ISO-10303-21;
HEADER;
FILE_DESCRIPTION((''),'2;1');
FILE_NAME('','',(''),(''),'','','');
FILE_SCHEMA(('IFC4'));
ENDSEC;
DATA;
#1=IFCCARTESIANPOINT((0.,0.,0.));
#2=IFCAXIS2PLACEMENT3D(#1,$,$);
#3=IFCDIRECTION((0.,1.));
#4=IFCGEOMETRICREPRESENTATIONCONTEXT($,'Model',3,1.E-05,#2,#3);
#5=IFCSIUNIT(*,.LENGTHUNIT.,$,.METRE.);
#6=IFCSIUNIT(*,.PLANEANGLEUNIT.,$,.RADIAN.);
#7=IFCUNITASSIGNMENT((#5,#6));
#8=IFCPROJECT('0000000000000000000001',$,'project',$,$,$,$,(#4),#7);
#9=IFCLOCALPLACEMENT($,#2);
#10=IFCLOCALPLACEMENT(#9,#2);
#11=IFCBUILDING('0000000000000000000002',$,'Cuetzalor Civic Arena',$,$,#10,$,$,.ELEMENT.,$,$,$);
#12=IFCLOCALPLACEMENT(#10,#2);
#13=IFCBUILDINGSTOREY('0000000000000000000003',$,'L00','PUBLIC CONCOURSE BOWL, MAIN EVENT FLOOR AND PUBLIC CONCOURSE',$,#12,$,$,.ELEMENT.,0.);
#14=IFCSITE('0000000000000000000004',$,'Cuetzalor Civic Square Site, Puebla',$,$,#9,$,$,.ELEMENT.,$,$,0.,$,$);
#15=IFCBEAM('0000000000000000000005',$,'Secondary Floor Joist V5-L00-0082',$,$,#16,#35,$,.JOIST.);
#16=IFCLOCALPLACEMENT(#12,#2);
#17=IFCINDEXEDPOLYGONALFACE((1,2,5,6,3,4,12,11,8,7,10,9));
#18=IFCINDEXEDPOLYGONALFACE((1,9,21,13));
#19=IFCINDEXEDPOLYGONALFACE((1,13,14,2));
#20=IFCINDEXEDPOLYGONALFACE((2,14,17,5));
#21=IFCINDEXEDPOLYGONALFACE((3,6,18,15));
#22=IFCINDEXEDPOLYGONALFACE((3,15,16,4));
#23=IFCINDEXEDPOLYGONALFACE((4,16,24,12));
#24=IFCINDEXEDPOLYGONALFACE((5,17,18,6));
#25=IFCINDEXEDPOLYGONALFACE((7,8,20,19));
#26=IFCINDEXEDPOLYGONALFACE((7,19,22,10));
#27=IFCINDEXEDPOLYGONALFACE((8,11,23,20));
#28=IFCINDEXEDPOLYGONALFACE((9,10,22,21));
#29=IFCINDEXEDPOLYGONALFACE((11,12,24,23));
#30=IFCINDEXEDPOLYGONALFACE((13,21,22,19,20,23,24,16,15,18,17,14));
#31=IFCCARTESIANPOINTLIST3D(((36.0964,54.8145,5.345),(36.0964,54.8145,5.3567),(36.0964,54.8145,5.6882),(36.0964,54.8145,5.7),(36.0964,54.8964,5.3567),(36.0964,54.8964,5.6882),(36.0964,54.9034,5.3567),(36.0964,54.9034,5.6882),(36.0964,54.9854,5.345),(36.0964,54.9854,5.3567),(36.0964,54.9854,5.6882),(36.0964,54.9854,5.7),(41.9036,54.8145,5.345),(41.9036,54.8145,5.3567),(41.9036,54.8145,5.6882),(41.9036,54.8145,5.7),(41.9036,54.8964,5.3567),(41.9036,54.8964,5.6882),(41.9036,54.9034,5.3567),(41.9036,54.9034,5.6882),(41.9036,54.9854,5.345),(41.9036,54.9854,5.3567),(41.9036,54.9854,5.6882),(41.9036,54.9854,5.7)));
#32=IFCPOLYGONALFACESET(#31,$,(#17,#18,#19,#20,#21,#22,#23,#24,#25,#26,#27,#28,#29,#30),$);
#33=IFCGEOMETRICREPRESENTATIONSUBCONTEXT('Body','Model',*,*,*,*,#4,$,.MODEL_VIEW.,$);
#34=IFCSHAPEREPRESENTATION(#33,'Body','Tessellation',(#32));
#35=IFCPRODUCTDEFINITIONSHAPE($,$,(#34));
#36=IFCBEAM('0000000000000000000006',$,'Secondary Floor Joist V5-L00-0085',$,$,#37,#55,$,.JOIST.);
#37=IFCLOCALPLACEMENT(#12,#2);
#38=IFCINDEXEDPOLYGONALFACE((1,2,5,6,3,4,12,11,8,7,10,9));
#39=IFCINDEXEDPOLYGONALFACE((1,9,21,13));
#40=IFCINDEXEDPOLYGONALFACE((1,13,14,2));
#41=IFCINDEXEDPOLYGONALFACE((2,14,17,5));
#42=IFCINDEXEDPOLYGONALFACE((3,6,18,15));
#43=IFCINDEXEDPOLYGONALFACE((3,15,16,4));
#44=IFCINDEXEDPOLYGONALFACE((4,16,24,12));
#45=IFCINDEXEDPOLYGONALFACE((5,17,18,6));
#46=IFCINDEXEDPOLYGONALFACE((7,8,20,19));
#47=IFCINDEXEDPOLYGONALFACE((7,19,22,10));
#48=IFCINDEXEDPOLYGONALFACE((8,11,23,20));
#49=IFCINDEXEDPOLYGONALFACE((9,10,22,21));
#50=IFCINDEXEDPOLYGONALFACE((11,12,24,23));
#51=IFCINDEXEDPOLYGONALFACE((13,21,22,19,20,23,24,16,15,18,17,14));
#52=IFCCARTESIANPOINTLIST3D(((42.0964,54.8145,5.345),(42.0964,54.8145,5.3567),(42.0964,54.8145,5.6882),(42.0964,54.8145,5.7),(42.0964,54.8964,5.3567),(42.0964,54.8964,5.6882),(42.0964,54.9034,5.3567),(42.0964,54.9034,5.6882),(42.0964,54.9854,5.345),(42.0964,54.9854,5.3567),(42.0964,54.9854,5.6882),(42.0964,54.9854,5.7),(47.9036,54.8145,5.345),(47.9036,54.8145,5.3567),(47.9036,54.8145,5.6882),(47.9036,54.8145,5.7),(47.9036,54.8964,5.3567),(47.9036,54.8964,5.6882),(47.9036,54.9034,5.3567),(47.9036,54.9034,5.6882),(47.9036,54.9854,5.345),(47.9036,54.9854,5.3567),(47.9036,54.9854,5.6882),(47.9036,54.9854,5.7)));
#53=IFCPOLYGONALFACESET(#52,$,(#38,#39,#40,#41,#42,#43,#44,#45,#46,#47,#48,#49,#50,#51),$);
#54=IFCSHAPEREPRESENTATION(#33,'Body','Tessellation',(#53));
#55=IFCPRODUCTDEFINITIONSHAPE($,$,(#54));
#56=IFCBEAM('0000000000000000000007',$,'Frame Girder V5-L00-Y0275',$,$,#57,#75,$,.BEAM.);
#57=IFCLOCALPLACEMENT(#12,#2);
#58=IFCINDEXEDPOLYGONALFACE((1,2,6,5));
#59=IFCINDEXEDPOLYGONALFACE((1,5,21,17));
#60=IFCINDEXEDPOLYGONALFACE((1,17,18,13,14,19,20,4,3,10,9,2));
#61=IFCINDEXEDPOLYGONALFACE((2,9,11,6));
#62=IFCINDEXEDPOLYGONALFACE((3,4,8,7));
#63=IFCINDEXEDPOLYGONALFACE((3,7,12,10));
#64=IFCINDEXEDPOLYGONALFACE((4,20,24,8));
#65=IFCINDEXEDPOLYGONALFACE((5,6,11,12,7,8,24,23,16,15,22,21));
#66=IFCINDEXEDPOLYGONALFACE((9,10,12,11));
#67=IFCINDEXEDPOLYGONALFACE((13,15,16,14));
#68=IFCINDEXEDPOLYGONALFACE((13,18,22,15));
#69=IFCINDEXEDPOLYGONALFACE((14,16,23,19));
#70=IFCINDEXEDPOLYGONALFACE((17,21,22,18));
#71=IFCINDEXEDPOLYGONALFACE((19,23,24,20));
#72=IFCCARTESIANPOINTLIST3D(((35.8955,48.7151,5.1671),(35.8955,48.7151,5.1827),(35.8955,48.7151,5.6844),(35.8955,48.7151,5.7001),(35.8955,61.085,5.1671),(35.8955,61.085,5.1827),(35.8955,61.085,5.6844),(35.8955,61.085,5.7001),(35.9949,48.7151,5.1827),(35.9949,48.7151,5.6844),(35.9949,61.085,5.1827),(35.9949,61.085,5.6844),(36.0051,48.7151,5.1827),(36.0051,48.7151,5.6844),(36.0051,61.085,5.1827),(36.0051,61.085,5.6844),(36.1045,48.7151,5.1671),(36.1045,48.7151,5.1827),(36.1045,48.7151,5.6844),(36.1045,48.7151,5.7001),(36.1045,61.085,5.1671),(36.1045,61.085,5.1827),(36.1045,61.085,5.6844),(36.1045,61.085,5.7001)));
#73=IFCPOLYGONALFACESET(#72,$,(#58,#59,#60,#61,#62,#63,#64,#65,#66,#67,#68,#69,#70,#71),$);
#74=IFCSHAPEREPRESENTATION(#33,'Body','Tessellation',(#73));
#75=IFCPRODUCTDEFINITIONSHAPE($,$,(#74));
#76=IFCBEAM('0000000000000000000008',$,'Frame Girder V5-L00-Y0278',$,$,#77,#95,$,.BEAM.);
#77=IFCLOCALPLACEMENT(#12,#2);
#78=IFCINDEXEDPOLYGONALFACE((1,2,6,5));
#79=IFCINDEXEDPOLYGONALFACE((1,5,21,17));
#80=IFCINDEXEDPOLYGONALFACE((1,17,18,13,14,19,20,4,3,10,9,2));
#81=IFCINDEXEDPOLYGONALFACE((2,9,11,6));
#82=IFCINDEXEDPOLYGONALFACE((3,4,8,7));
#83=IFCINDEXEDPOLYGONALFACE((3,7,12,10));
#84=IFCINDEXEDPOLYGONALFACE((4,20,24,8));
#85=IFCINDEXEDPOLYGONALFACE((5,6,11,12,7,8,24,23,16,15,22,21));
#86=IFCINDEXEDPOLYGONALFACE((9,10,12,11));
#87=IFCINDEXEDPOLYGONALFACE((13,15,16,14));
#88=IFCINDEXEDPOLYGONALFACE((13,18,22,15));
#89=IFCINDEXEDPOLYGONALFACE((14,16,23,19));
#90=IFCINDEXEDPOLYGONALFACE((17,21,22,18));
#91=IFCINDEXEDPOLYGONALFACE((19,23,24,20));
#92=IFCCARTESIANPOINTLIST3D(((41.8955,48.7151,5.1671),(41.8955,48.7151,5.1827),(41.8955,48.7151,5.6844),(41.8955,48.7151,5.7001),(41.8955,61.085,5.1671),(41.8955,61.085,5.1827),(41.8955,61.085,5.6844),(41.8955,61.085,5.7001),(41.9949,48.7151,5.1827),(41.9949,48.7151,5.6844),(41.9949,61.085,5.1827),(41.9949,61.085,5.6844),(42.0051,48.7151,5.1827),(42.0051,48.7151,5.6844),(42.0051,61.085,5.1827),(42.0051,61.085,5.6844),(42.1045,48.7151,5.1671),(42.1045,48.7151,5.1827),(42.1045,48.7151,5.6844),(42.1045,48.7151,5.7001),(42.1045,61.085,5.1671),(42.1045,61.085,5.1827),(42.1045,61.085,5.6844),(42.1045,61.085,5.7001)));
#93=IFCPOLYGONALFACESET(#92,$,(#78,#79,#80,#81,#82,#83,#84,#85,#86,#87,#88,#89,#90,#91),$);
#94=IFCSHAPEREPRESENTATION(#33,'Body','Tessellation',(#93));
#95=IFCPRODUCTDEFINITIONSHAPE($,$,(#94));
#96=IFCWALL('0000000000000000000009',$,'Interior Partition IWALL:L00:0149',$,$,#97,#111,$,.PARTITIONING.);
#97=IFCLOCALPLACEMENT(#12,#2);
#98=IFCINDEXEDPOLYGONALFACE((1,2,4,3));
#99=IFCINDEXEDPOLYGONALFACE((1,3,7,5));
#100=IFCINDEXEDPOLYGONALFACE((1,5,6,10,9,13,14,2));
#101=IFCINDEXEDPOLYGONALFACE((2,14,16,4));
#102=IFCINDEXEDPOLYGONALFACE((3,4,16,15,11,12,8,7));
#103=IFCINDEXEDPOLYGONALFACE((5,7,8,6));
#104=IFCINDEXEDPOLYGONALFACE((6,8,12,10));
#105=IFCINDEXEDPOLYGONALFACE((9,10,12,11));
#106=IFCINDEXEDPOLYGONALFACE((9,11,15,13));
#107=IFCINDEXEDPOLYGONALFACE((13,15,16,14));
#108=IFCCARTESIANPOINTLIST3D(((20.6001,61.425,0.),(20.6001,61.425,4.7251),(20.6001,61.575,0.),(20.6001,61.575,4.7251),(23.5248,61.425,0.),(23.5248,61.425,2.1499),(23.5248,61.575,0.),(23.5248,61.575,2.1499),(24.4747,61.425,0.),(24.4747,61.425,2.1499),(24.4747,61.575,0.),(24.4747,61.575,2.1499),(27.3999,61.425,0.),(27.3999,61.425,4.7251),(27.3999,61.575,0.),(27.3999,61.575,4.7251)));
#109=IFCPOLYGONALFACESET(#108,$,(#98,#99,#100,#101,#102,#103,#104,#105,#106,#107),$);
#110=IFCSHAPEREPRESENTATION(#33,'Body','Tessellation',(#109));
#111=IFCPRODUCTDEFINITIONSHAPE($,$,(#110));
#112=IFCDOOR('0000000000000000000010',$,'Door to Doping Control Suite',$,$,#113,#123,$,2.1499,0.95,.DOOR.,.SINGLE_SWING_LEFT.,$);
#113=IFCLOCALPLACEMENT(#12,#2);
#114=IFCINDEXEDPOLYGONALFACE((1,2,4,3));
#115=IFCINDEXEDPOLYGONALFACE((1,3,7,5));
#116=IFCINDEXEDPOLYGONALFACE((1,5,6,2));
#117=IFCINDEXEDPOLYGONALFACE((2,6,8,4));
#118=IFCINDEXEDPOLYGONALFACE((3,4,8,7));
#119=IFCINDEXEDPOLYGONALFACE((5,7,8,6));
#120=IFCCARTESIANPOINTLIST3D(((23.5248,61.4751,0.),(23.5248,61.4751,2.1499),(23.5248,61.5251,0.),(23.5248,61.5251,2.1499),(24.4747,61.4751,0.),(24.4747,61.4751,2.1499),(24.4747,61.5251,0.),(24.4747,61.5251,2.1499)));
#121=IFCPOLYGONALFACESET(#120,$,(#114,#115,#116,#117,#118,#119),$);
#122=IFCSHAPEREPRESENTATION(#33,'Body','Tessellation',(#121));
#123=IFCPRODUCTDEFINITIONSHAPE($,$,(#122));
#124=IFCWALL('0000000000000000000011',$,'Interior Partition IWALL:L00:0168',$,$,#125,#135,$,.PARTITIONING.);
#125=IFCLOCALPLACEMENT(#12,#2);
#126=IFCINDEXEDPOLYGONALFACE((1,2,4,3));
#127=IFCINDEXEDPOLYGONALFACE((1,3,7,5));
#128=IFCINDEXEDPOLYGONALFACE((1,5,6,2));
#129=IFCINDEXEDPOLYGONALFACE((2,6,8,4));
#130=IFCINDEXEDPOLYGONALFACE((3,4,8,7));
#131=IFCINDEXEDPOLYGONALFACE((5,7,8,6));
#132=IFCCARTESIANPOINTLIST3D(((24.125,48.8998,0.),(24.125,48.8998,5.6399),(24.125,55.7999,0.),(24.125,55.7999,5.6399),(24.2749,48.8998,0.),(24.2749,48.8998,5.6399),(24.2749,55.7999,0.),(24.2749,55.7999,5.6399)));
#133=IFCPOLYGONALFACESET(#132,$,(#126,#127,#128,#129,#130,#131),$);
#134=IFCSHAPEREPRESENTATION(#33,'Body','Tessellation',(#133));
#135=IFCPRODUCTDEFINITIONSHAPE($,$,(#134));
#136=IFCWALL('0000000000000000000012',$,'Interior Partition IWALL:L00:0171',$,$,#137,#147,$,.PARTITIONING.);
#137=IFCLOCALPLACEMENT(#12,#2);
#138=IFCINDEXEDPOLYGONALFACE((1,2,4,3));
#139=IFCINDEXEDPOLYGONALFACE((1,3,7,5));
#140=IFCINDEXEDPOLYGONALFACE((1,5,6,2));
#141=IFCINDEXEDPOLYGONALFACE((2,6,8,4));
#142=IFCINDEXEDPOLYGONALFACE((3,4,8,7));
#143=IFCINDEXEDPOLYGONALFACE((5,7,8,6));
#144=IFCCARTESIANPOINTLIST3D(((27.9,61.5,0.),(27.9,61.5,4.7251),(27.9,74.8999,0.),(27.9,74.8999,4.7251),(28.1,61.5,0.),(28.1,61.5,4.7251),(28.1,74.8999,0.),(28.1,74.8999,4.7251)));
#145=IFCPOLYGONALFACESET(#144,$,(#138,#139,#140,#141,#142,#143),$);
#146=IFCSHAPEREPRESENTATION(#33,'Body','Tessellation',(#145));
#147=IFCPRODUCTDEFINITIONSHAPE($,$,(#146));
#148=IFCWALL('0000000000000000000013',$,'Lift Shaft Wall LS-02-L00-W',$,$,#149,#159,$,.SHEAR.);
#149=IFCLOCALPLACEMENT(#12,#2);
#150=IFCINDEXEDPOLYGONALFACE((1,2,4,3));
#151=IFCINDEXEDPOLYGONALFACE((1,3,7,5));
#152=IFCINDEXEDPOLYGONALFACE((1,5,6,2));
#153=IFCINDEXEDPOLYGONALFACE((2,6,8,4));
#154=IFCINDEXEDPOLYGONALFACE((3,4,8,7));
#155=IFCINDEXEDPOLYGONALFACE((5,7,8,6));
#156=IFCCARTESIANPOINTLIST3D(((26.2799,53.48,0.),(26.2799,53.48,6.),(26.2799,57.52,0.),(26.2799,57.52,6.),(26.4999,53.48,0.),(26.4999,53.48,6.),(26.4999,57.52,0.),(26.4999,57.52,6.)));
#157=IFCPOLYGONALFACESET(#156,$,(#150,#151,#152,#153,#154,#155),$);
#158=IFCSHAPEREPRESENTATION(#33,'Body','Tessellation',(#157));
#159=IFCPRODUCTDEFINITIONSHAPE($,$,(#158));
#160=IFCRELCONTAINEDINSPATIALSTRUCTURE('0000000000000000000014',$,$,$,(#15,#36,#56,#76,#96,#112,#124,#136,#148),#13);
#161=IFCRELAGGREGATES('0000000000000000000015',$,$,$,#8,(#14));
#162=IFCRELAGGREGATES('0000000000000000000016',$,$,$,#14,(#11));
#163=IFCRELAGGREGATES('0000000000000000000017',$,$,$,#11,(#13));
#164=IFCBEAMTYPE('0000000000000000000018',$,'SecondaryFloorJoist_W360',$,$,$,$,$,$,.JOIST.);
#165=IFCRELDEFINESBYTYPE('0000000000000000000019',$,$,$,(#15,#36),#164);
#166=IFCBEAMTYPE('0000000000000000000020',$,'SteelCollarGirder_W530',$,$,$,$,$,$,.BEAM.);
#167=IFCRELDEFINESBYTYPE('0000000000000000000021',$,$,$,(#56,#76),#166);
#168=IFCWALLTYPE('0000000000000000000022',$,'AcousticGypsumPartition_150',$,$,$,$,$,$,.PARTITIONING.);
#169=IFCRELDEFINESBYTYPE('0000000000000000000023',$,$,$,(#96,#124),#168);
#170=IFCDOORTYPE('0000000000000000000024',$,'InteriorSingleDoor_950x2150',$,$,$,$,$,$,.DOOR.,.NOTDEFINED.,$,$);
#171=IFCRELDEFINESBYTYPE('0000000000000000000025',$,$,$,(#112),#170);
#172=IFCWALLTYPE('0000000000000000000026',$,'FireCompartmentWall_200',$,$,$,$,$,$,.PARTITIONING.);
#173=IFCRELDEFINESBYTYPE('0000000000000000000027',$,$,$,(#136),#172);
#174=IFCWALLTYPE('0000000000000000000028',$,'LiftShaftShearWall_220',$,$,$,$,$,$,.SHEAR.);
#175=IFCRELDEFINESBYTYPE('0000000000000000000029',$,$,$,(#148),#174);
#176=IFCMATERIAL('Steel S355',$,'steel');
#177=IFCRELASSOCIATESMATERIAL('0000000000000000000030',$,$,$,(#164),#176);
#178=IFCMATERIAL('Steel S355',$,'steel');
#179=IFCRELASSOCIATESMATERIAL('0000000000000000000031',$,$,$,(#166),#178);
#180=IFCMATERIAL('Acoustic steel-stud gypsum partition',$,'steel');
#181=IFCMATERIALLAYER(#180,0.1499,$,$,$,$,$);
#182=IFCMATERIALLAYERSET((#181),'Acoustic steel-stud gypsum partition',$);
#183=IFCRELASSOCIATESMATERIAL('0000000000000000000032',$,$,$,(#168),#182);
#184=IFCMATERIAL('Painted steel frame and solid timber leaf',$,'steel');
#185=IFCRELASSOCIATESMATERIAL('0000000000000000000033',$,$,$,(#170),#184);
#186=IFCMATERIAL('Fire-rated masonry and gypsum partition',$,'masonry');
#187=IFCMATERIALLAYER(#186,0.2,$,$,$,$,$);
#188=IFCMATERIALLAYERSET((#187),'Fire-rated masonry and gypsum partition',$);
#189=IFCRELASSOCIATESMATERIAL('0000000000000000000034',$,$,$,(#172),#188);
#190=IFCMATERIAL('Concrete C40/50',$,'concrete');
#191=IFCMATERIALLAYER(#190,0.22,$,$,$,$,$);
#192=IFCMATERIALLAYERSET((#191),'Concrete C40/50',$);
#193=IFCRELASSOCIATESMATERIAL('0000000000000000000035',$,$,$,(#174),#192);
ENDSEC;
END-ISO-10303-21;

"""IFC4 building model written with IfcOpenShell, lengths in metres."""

from ifc_helpers import new_model, si_unit, direction, frame, frame_2d, origin, origin_2d, place, context, subcontext, project, spatial, rectangle, i_section, extrude, material, layer, layer_set, material_profile, profile_set, type_object, element, fill, save


model = new_model("IFC4")

# Units and contexts
model_context = context("Model", 3, precision=1e-05, world=origin(), true_north=direction((0.0, 1.0)))
body_context = subcontext(model_context, "Body", "Model", "MODEL_VIEW")
ifc_project = project(units=[si_unit("LENGTHUNIT", "METRE"), si_unit("PLANEANGLEUNIT", "RADIAN")], contexts=[model_context])

# Site, building, storey
site_placement = place(None, origin())
site = spatial("IfcSite", under=ifc_project, at=site_placement, Name="Cuetzalor Civic Square Site, Puebla", CompositionType="ELEMENT", RefElevation=0.0)
building_placement = place(site_placement, origin())
building = spatial("IfcBuilding", under=site, at=building_placement, Name="Cuetzalor Civic Arena", CompositionType="ELEMENT")
storey_placement = place(building_placement, origin())
storey = spatial("IfcBuildingStorey", under=building, at=storey_placement, Name="L00", Description="PUBLIC CONCOURSE BOWL, MAIN EVENT FLOOR AND PUBLIC CONCOURSE", CompositionType="ELEMENT", Elevation=0.0)

# Beams
ifc_material_1 = material(Name="Steel S355", Category="steel")
ifc_material_profile_1 = material_profile(ifc_material_1, i_section(OverallWidth=0.1709, OverallDepth=0.355, WebThickness=0.0071, FlangeThickness=0.0117, at=origin_2d()), Name="W360x51")
ifc_profile_set_1 = profile_set([ifc_material_profile_1], Name="Steel S355")
beam_type_1 = type_object("IfcBeamType", Name="SecondaryFloorJoist_W360", PredefinedType="JOIST", material=ifc_profile_set_1)
for number, where, z_axis, x_axis, name in (
    (1, (36.0964, 54.8999, 5.5225), (1.0, 0.0, 0.0), (0.0, 1.0, 0.0), "Secondary Floor Joist V5-L00-0082"),
    (2, (42.0964, 54.8999, 5.5225), (1.0, 0.0, 0.0), (0.0, 1.0, 0.0), "Secondary Floor Joist V5-L00-0085"),
):
    element("IfcBeam", number, at=place(storey_placement, frame(where, z_axis=z_axis, x_axis=x_axis)), inside=storey, type_object=beam_type_1, Name=name, PredefinedType="JOIST", context=body_context, shape_type="SweptSolid", body=[
        extrude(i_section(OverallWidth=0.1709, OverallDepth=0.355, WebThickness=0.0071, FlangeThickness=0.0117, at=origin_2d()), origin(), (0.0, 0.0, 1.0), 5.8071),
    ])
ifc_material_2 = material(Name="Steel S355", Category="steel")
ifc_material_profile_2 = material_profile(ifc_material_2, i_section(OverallWidth=0.209, OverallDepth=0.533, WebThickness=0.0103, FlangeThickness=0.0156, at=origin_2d()), Name="W530x92")
ifc_profile_set_2 = profile_set([ifc_material_profile_2], Name="Steel S355")
beam_type_2 = type_object("IfcBeamType", Name="SteelCollarGirder_W530", PredefinedType="BEAM", material=ifc_profile_set_2)
for number, where, z_axis, x_axis, name in (
    (3, (36.0, 48.7151, 5.4336), (0.0, 1.0, 0.0), (-1.0, 0.0, 0.0), "Frame Girder V5-L00-Y0275"),
    (4, (42.0, 48.7151, 5.4336), (0.0, 1.0, 0.0), (-1.0, 0.0, 0.0), "Frame Girder V5-L00-Y0278"),
):
    element("IfcBeam", number, at=place(storey_placement, frame(where, z_axis=z_axis, x_axis=x_axis)), inside=storey, type_object=beam_type_2, Name=name, PredefinedType="BEAM", context=body_context, shape_type="SweptSolid", body=[
        extrude(i_section(OverallWidth=0.209, OverallDepth=0.533, WebThickness=0.0103, FlangeThickness=0.0156, at=origin_2d()), origin(), (0.0, 0.0, 1.0), 12.3699),
    ])

# Wall, opening, door
ifc_material_3 = material(Name="Acoustic steel-stud gypsum partition", Category="steel")
ifc_layer_1 = layer(ifc_material_3, 0.1499)
ifc_layer_set_1 = layer_set([ifc_layer_1], Name="Acoustic steel-stud gypsum partition")
wall_type_1 = type_object("IfcWallType", Name="AcousticGypsumPartition_150", PredefinedType="PARTITIONING", material=ifc_layer_set_1)
wall_1_placement = place(storey_placement, frame((27.3999, 61.5, 0.0), z_axis=(0.0, 0.0, 1.0), x_axis=(-1.0, 0.0, 0.0)))
wall_1 = element("IfcWall", 5, at=wall_1_placement, inside=storey, type_object=wall_type_1, Name="Interior Partition IWALL:L00:0149", PredefinedType="PARTITIONING", context=body_context, shape_type="SweptSolid", body=[
    extrude(rectangle(XDim=6.7998, YDim=0.1499, at=frame_2d((3.3999, 0.0))), origin(), (0.0, 0.0, 1.0), 4.7251),
])
opening_1_placement = place(wall_1_placement, frame((2.925, 0.0, 0.0)))
opening_1 = element("IfcOpeningElement", 6, at=opening_1_placement, cuts=wall_1, PredefinedType="OPENING", context=body_context, shape_type="SweptSolid", body=[
    extrude(rectangle(XDim=0.95, YDim=2.1499, at=frame_2d((0.4751, 1.075))), frame((0.0, 0.085, 0.0), z_axis=(0.0, -1.0, 0.0), x_axis=(1.0, 0.0, 0.0)), (0.0, 0.0, 1.0), 0.1699),
])
ifc_material_4 = material(Name="Painted steel frame and solid timber leaf", Category="steel")
door_type_1 = type_object("IfcDoorType", Name="InteriorSingleDoor_950x2150", OperationType="NOTDEFINED", PredefinedType="DOOR", material=ifc_material_4)
door_1_placement = place(opening_1_placement, origin())
door_1 = element("IfcDoor", 7, at=door_1_placement, inside=storey, type_object=door_type_1, Name="Door to Doping Control Suite", OperationType="SINGLE_SWING_LEFT", OverallHeight=2.1499, OverallWidth=0.95, PredefinedType="DOOR", context=body_context, shape_type="SweptSolid", body=[
    extrude(rectangle(XDim=0.95, YDim=2.1499, at=frame_2d((0.4751, 1.075))), frame((0.0, 0.0249, 0.0), z_axis=(0.0, -1.0, 0.0), x_axis=(1.0, 0.0, 0.0)), (0.0, 0.0, 1.0), 0.05),
])
fill(opening_1, door_1)

# Walls
wall_2_placement = place(storey_placement, frame((24.2, 55.8, 0.0), z_axis=(0.0, 0.0, 1.0), x_axis=(0.0, -1.0, 0.0)))
element("IfcWall", 8, at=wall_2_placement, inside=storey, type_object=wall_type_1, Name="Interior Partition IWALL:L00:0168", PredefinedType="PARTITIONING", context=body_context, shape_type="SweptSolid", body=[
    extrude(rectangle(XDim=6.9001, YDim=0.1499, at=frame_2d((3.4502, 0.0))), origin(), (0.0, 0.0, 1.0), 5.6399),
])
ifc_material_5 = material(Name="Fire-rated masonry and gypsum partition", Category="masonry")
ifc_layer_2 = layer(ifc_material_5, 0.2)
ifc_layer_set_2 = layer_set([ifc_layer_2], Name="Fire-rated masonry and gypsum partition")
wall_type_2 = type_object("IfcWallType", Name="FireCompartmentWall_200", PredefinedType="PARTITIONING", material=ifc_layer_set_2)
wall_3_placement = place(storey_placement, frame((28.0, 61.5, 0.0), z_axis=(0.0, 0.0, 1.0), x_axis=(0.0, 1.0, 0.0)))
element("IfcWall", 9, at=wall_3_placement, inside=storey, type_object=wall_type_2, Name="Interior Partition IWALL:L00:0171", PredefinedType="PARTITIONING", context=body_context, shape_type="SweptSolid", body=[
    extrude(rectangle(XDim=13.3999, YDim=0.2, at=frame_2d((6.7, 0.0))), origin(), (0.0, 0.0, 1.0), 4.7251),
])
ifc_material_6 = material(Name="Concrete C40/50", Category="concrete")
ifc_layer_3 = layer(ifc_material_6, 0.22)
ifc_layer_set_3 = layer_set([ifc_layer_3], Name="Concrete C40/50")
wall_type_3 = type_object("IfcWallType", Name="LiftShaftShearWall_220", PredefinedType="SHEAR", material=ifc_layer_set_3)
wall_4_placement = place(storey_placement, frame((26.3899, 53.48, 0.0), z_axis=(0.0, 0.0, 1.0), x_axis=(0.0, 1.0, 0.0)))
element("IfcWall", 10, at=wall_4_placement, inside=storey, type_object=wall_type_3, Name="Lift Shaft Wall LS-02-L00-W", PredefinedType="SHEAR", context=body_context, shape_type="SweptSolid", body=[
    extrude(rectangle(XDim=4.04, YDim=0.22, at=frame_2d((2.02, 0.0))), origin(), (0.0, 0.0, 1.0), 6.0),
])

save(model, "model.ifc")
